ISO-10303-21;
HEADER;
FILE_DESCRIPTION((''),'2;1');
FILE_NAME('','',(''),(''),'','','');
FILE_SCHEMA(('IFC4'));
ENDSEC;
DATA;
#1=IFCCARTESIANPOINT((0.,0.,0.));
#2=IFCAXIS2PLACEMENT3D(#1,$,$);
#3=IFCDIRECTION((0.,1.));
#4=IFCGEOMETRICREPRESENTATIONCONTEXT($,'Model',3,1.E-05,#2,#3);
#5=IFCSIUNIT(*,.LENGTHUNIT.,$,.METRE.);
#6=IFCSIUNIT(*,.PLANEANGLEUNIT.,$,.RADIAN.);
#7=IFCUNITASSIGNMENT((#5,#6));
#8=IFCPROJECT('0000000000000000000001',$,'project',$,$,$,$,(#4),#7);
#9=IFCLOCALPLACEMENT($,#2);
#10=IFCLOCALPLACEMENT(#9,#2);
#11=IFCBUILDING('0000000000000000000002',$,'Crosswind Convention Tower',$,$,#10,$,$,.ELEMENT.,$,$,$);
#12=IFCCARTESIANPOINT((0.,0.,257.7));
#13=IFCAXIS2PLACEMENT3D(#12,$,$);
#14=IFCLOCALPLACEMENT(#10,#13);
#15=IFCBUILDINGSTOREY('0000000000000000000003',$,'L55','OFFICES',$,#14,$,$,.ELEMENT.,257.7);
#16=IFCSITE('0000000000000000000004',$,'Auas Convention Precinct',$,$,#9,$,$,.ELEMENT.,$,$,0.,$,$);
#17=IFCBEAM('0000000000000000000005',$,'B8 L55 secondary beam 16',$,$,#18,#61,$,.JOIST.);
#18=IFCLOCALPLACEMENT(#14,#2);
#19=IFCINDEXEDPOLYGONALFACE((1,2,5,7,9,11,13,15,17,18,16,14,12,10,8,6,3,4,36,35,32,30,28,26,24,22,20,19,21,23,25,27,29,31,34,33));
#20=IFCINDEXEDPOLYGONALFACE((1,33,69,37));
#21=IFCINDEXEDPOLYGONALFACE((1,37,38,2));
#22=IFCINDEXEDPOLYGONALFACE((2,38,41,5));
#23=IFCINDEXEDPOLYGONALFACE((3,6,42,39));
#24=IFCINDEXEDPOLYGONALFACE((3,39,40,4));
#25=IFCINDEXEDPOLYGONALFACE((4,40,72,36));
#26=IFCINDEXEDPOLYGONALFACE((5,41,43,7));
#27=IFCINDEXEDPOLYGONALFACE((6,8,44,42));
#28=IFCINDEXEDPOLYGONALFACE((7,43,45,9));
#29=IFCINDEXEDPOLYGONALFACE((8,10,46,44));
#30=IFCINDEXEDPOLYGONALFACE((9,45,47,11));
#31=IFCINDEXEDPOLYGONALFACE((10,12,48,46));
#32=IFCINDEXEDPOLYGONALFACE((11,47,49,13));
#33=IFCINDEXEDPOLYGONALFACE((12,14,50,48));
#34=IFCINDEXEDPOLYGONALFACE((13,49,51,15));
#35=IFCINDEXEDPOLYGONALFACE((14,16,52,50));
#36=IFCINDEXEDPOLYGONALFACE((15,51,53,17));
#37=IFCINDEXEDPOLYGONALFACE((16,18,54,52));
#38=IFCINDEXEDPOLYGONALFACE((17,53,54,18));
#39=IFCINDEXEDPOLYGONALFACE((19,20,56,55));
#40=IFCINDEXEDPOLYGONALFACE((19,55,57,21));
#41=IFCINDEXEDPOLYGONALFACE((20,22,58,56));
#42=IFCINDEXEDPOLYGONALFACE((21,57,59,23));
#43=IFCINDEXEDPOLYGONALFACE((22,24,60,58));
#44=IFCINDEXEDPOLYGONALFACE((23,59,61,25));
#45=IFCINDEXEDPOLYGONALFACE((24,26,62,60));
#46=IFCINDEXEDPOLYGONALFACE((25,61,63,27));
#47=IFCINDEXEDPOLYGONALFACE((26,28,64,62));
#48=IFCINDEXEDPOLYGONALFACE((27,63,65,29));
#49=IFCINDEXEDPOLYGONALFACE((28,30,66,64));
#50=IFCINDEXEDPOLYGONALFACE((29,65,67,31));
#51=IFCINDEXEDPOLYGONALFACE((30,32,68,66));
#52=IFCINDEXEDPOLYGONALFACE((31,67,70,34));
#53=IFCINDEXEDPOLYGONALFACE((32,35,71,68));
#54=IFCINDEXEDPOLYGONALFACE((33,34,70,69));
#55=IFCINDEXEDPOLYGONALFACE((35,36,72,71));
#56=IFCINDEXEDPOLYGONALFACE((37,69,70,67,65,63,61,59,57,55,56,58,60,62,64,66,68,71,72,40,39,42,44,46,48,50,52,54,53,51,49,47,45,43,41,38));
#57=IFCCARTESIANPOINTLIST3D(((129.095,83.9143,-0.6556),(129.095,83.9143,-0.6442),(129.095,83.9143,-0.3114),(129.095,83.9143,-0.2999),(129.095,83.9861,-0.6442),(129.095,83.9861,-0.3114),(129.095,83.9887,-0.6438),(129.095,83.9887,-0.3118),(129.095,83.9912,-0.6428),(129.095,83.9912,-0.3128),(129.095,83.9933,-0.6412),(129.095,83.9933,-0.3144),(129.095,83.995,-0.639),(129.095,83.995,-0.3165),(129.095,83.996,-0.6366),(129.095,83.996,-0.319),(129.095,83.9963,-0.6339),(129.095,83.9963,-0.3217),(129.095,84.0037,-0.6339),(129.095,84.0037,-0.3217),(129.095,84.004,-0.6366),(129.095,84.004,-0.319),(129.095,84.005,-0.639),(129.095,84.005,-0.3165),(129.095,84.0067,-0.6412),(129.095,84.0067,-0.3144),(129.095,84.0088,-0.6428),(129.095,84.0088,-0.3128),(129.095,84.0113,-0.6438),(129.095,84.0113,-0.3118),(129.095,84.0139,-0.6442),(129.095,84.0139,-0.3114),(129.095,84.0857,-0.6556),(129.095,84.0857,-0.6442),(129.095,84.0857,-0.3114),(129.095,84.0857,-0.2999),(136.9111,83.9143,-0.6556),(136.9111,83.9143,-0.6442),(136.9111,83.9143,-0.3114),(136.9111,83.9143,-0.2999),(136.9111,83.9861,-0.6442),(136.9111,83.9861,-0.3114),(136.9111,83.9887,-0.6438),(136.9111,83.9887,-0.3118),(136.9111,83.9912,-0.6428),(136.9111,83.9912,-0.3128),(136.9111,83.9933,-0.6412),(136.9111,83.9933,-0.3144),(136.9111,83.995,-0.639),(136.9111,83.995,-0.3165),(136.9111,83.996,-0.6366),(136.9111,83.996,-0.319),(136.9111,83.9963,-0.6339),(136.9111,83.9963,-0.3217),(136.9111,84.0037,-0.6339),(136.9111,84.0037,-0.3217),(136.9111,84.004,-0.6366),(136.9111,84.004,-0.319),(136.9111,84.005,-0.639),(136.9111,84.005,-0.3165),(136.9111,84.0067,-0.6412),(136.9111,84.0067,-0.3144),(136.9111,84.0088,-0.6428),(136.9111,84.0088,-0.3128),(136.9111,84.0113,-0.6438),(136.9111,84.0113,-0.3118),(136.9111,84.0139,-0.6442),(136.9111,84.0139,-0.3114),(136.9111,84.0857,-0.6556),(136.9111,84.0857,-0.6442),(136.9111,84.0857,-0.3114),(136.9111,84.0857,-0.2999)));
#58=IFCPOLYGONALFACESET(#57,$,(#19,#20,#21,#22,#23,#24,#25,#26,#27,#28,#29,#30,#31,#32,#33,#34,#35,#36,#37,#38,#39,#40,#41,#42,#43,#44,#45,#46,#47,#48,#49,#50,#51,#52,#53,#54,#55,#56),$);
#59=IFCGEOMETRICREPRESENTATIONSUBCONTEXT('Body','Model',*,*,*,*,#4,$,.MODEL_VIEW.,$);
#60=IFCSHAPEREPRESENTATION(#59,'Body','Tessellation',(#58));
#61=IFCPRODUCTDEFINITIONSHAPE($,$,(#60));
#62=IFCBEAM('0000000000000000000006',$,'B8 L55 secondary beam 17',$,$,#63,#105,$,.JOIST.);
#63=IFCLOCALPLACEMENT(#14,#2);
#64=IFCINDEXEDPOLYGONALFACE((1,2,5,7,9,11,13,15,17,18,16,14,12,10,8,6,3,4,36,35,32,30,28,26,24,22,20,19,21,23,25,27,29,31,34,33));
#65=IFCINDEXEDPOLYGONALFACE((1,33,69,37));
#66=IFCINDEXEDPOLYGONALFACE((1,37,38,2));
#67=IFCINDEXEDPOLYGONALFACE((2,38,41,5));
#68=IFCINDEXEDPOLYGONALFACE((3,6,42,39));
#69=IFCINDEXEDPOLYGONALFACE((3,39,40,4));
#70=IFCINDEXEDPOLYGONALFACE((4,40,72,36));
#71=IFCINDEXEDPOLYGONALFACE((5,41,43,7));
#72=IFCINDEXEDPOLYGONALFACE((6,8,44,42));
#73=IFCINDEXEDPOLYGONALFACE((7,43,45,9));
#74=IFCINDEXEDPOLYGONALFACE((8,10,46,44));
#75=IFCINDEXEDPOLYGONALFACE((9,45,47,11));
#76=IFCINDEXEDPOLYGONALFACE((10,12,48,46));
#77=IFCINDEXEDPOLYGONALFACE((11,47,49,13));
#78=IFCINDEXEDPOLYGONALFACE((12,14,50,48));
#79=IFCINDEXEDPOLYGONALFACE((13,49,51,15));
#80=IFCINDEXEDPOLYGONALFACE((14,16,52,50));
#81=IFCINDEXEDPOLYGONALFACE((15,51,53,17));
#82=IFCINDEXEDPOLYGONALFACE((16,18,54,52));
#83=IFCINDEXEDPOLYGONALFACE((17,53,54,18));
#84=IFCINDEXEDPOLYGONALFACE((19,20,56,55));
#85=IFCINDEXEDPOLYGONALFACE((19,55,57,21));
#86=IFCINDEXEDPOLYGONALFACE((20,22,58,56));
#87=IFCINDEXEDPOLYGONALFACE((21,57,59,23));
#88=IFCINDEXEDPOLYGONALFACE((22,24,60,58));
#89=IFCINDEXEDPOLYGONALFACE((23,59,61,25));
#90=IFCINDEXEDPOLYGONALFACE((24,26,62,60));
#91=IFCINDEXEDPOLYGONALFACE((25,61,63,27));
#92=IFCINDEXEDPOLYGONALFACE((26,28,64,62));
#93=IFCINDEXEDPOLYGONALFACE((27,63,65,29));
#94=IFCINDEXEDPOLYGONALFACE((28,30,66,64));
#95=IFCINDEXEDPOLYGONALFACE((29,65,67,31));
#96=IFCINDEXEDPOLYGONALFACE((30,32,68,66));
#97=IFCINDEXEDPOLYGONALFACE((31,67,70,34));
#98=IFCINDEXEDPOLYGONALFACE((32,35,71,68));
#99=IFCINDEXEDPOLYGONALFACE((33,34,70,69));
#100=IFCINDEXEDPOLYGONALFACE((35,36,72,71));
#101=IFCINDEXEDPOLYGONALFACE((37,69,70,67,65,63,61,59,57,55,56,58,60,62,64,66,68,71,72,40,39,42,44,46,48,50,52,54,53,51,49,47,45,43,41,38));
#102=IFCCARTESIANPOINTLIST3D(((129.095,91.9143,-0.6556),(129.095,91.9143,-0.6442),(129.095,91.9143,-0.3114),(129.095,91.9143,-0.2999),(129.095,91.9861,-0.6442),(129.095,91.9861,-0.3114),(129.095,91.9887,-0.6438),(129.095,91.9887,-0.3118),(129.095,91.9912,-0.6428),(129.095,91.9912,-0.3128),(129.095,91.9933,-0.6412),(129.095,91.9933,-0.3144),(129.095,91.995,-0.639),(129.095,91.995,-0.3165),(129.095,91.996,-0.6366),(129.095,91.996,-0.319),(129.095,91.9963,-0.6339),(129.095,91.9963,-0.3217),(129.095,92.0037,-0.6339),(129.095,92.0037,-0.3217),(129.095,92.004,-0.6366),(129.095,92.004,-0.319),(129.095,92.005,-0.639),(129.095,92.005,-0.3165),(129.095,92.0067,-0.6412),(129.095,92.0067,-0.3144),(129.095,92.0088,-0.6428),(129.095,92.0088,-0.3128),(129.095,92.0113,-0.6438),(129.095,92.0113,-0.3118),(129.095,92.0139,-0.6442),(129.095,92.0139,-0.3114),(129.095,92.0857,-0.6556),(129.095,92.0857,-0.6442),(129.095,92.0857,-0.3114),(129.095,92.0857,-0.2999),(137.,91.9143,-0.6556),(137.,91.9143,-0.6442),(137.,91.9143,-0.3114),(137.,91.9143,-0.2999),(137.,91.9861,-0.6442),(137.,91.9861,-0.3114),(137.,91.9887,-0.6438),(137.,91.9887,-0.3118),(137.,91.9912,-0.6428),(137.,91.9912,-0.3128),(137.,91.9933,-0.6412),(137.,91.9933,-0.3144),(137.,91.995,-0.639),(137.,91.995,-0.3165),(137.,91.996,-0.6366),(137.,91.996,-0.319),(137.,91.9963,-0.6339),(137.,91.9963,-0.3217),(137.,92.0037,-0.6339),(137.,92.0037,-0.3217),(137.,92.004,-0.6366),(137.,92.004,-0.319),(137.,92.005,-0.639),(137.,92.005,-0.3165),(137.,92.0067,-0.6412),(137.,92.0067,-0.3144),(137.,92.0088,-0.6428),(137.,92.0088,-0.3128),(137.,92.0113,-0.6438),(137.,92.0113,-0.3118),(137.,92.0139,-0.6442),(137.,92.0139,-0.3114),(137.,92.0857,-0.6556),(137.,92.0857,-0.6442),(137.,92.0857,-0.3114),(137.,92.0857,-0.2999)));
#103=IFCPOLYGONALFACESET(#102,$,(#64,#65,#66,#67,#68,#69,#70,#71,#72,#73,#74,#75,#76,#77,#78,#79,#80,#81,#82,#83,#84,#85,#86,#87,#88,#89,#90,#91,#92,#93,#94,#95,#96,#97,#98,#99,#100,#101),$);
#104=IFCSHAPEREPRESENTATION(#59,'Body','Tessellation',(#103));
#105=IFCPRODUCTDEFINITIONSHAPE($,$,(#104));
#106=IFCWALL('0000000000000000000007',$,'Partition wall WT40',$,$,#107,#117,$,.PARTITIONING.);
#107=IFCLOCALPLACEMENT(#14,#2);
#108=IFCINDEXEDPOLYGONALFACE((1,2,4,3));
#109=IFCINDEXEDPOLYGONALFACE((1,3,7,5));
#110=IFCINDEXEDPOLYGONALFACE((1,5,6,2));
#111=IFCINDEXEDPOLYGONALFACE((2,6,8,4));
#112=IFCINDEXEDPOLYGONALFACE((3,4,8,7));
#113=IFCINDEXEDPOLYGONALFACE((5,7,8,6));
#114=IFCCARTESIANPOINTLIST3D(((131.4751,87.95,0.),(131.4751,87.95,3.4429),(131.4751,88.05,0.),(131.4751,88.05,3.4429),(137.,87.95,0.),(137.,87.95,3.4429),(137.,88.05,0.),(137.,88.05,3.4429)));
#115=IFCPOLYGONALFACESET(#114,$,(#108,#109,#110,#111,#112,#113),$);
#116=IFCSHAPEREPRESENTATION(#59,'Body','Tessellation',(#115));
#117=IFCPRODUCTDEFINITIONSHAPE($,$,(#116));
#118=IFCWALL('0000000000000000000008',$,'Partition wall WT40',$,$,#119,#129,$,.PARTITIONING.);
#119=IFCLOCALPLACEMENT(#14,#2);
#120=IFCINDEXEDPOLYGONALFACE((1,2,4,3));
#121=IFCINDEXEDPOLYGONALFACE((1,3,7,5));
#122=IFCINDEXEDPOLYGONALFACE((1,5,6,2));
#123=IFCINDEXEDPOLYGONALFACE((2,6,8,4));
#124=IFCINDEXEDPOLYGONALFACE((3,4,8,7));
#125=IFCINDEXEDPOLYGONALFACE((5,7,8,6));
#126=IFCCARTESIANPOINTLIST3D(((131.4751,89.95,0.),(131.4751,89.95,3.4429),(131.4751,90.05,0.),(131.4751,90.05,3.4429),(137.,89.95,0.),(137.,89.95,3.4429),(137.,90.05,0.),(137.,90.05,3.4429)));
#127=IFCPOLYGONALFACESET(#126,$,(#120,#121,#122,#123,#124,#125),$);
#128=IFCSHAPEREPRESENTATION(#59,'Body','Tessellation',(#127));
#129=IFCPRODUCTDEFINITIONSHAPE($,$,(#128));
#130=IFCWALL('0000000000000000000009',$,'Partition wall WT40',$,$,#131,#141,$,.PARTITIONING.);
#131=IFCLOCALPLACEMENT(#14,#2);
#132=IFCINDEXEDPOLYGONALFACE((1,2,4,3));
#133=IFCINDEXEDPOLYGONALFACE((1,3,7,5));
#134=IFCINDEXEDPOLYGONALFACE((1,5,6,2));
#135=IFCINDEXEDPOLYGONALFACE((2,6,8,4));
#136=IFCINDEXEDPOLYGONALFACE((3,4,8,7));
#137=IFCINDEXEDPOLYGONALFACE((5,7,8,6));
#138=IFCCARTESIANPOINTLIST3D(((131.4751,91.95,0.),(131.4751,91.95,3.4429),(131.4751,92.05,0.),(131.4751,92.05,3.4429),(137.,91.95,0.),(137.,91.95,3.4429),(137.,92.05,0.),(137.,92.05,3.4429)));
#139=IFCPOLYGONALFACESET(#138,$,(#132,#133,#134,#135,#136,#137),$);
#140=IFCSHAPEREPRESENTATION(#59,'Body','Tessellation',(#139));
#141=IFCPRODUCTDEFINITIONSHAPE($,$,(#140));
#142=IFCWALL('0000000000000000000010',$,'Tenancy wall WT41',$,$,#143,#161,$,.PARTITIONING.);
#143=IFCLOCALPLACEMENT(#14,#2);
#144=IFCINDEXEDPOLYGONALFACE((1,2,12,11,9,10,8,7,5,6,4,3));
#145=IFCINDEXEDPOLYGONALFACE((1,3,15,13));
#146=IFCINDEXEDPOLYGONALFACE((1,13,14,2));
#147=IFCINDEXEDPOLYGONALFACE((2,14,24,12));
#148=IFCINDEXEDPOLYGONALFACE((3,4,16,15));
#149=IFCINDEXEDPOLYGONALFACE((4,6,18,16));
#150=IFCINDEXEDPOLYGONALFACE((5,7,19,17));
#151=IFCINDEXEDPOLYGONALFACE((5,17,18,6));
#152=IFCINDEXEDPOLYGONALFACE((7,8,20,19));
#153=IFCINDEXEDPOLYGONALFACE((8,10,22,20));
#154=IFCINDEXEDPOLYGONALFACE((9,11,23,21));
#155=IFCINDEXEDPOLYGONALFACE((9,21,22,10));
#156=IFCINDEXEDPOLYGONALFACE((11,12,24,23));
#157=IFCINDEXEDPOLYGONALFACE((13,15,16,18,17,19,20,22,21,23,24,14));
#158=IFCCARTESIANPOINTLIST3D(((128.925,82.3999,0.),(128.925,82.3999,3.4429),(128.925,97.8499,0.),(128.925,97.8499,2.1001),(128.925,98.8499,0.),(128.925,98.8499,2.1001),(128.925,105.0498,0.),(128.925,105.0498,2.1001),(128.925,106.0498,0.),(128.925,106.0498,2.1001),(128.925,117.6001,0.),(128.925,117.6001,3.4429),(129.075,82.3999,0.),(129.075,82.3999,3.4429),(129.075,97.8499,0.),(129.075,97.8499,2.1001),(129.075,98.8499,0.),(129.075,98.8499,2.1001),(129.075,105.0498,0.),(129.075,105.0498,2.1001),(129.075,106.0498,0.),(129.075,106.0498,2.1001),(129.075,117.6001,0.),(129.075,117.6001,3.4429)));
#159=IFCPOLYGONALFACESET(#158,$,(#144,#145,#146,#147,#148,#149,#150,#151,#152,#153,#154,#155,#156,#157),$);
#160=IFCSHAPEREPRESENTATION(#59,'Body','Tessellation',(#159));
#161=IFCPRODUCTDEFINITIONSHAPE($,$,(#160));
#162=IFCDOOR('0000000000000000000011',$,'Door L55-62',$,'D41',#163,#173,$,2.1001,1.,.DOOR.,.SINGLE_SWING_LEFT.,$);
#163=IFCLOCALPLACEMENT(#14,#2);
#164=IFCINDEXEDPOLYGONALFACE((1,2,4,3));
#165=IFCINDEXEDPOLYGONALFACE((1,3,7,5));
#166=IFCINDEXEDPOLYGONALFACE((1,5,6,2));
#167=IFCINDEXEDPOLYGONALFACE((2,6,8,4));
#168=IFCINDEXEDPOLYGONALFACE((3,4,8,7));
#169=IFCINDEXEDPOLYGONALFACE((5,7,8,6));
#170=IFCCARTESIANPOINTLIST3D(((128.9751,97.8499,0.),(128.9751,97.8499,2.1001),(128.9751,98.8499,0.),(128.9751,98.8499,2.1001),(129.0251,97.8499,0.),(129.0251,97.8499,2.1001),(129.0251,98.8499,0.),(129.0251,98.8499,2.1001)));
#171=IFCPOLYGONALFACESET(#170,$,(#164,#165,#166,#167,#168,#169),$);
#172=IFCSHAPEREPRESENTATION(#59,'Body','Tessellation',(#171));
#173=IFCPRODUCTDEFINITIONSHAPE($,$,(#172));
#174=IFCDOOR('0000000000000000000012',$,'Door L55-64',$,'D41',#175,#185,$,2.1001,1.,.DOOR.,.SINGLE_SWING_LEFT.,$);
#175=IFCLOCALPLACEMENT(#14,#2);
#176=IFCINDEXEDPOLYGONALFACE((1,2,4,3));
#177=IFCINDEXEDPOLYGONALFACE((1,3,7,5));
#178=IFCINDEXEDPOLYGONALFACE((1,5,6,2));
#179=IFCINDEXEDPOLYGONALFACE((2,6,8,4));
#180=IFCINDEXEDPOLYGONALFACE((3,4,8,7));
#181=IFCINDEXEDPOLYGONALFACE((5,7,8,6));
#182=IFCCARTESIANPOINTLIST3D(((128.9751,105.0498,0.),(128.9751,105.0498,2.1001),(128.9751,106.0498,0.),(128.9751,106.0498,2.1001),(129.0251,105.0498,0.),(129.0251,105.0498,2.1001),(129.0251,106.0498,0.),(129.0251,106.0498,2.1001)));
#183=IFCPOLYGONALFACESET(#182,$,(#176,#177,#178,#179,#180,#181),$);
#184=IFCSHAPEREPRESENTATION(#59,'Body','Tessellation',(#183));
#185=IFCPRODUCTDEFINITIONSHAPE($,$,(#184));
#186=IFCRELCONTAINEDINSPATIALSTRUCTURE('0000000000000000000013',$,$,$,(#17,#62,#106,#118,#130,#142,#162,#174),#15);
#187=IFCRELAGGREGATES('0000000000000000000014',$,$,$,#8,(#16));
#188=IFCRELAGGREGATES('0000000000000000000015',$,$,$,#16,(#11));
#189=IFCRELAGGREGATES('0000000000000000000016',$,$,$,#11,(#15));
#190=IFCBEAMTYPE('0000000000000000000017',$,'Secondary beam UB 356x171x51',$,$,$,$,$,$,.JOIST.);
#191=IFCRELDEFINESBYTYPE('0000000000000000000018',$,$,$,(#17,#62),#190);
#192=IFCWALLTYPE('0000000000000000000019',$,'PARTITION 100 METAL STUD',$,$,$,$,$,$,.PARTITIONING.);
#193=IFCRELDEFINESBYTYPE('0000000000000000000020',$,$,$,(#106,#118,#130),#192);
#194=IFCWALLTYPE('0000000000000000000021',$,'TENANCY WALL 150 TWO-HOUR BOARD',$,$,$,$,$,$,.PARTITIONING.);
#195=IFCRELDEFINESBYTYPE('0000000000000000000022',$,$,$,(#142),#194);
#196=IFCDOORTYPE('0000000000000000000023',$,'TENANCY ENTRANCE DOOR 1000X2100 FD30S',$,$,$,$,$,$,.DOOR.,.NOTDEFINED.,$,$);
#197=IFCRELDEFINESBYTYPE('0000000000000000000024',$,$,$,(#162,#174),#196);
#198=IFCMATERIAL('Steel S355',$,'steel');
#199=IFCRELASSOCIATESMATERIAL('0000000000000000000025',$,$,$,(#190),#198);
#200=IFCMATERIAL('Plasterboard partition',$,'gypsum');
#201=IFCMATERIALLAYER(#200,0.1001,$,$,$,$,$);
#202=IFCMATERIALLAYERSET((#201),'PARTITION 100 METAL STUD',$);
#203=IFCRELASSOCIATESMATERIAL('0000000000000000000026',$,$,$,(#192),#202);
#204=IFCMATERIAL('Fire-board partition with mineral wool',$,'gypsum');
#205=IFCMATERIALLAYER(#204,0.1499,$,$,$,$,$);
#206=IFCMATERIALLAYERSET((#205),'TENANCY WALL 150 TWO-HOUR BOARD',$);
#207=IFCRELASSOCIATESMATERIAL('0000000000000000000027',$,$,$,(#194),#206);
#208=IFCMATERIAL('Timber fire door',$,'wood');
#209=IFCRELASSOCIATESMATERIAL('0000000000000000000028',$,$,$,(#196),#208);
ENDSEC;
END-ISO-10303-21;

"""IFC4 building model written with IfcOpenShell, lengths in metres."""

from ifc_helpers import new_model, si_unit, direction, frame, frame_2d, origin, origin_2d, place, context, subcontext, project, spatial, rectangle, i_section, extrude, material, layer, layer_set, material_profile, profile_set, type_object, element, fill, save


model = new_model("IFC4")

# Units and contexts
model_context = context("Model", 3, precision=1e-05, world=origin(), true_north=direction((0.0, 1.0)))
body_context = subcontext(model_context, "Body", "Model", "MODEL_VIEW")
ifc_project = project(units=[si_unit("LENGTHUNIT", "METRE"), si_unit("PLANEANGLEUNIT", "RADIAN")], contexts=[model_context])

# Site, building, storey
site_placement = place(None, origin())
site = spatial("IfcSite", under=ifc_project, at=site_placement, Name="Auas Convention Precinct", CompositionType="ELEMENT", RefElevation=0.0)
building_placement = place(site_placement, origin())
building = spatial("IfcBuilding", under=site, at=building_placement, Name="Crosswind Convention Tower", CompositionType="ELEMENT")
storey_placement = place(building_placement, frame((0.0, 0.0, 257.7)))
storey = spatial("IfcBuildingStorey", under=building, at=storey_placement, Name="L55", Description="OFFICES", CompositionType="ELEMENT", Elevation=257.7)

# Beams
ifc_material_1 = material(Name="Steel S355", Category="steel")
ifc_material_profile_1 = material_profile(ifc_material_1, i_section(OverallWidth=0.1714, OverallDepth=0.3557, WebThickness=0.0073, FlangeThickness=0.0115, FilletRadius=0.0103, at=origin_2d()), Name="UB 356x171x51")
ifc_profile_set_1 = profile_set([ifc_material_profile_1], Name="Steel S355")
beam_type_1 = type_object("IfcBeamType", Name="Secondary beam UB 356x171x51", PredefinedType="JOIST", material=ifc_profile_set_1)
beam_1_placement = place(storey_placement, frame((129.095, 84.0, -0.4778), z_axis=(1.0, 0.0, 0.0), x_axis=(0.0, 1.0, 0.0)))
element("IfcBeam", 1, at=beam_1_placement, inside=storey, type_object=beam_type_1, Name="B8 L55 secondary beam 16", PredefinedType="JOIST", context=body_context, shape_type="SweptSolid", body=[
    extrude(i_section(OverallWidth=0.1714, OverallDepth=0.3557, WebThickness=0.0073, FlangeThickness=0.0115, FilletRadius=0.0103, at=origin_2d()), origin(), (0.0, 0.0, 1.0), 7.8162),
])
beam_2_placement = place(storey_placement, frame((129.095, 92.0, -0.4778), z_axis=(1.0, 0.0, 0.0), x_axis=(0.0, 1.0, 0.0)))
element("IfcBeam", 2, at=beam_2_placement, inside=storey, type_object=beam_type_1, Name="B8 L55 secondary beam 17", PredefinedType="JOIST", context=body_context, shape_type="SweptSolid", body=[
    extrude(i_section(OverallWidth=0.1714, OverallDepth=0.3557, WebThickness=0.0073, FlangeThickness=0.0115, FilletRadius=0.0103, at=origin_2d()), origin(), (0.0, 0.0, 1.0), 7.905),
])

# Walls
ifc_material_2 = material(Name="Plasterboard partition", Category="gypsum")
ifc_layer_1 = layer(ifc_material_2, 0.1001)
ifc_layer_set_1 = layer_set([ifc_layer_1], Name="PARTITION 100 METAL STUD")
wall_type_1 = type_object("IfcWallType", Name="PARTITION 100 METAL STUD", PredefinedType="PARTITIONING", material=ifc_layer_set_1)
for number, where, z_axis, x_axis, name in (
    (3, (131.4751, 88.0, 0.0), (0.0, 0.0, 1.0), (1.0, 0.0, 0.0), "Partition wall WT40"),
    (4, (131.4751, 90.0, 0.0), (0.0, 0.0, 1.0), (1.0, 0.0, 0.0), "Partition wall WT40"),
    (5, (131.4751, 92.0, 0.0), (0.0, 0.0, 1.0), (1.0, 0.0, 0.0), "Partition wall WT40"),
):
    element("IfcWall", number, at=place(storey_placement, frame(where, z_axis=z_axis, x_axis=x_axis)), inside=storey, type_object=wall_type_1, Name=name, PredefinedType="PARTITIONING", context=body_context, shape_type="SweptSolid", body=[
        extrude(rectangle(XDim=5.5249, YDim=0.1001, at=frame_2d((2.7625, 0.0))), origin(), (0.0, 0.0, 1.0), 3.4429),
    ])

# Wall, openings, doors
ifc_material_3 = material(Name="Fire-board partition with mineral wool", Category="gypsum")
ifc_layer_2 = layer(ifc_material_3, 0.1499)
ifc_layer_set_2 = layer_set([ifc_layer_2], Name="TENANCY WALL 150 TWO-HOUR BOARD")
wall_type_2 = type_object("IfcWallType", Name="TENANCY WALL 150 TWO-HOUR BOARD", PredefinedType="PARTITIONING", material=ifc_layer_set_2)
wall_1_placement = place(storey_placement, frame((129.0, 82.3999, 0.0), z_axis=(0.0, 0.0, 1.0), x_axis=(0.0, 1.0, 0.0)))
wall_1 = element("IfcWall", 6, at=wall_1_placement, inside=storey, type_object=wall_type_2, Name="Tenancy wall WT41", PredefinedType="PARTITIONING", context=body_context, shape_type="SweptSolid", body=[
    extrude(rectangle(XDim=35.2002, YDim=0.1499, at=frame_2d((17.6001, 0.0))), origin(), (0.0, 0.0, 1.0), 3.4429),
])
opening_1_placement = place(wall_1_placement, frame((15.45, 0.0, 0.0)))
opening_1 = element("IfcOpeningElement", 7, at=opening_1_placement, cuts=wall_1, PredefinedType="OPENING", context=body_context, shape_type="SweptSolid", body=[
    extrude(rectangle(XDim=1.0, YDim=2.1001, at=frame_2d((0.5, 1.05))), frame((0.0, 0.085, 0.0), z_axis=(0.0, -1.0, 0.0), x_axis=(1.0, 0.0, 0.0)), (0.0, 0.0, 1.0), 0.1699),
])
opening_2_placement = place(wall_1_placement, frame((22.6499, 0.0, 0.0)))
opening_2 = element("IfcOpeningElement", 8, at=opening_2_placement, cuts=wall_1, PredefinedType="OPENING", context=body_context, shape_type="SweptSolid", body=[
    extrude(rectangle(XDim=1.0, YDim=2.1001, at=frame_2d((0.5, 1.05))), frame((0.0, 0.085, 0.0), z_axis=(0.0, -1.0, 0.0), x_axis=(1.0, 0.0, 0.0)), (0.0, 0.0, 1.0), 0.1699),
])
ifc_material_4 = material(Name="Timber fire door", Category="wood")
door_type = type_object("IfcDoorType", Name="TENANCY ENTRANCE DOOR 1000X2100 FD30S", OperationType="NOTDEFINED", PredefinedType="DOOR", material=ifc_material_4)
door_1_placement = place(opening_1_placement, origin())
door_1 = element("IfcDoor", 9, at=door_1_placement, inside=storey, type_object=door_type, Name="Door L55-62", ObjectType="D41", OperationType="SINGLE_SWING_LEFT", OverallHeight=2.1001, OverallWidth=1.0, PredefinedType="DOOR", context=body_context, shape_type="SweptSolid", body=[
    extrude(rectangle(XDim=1.0, YDim=2.1001, at=frame_2d((0.5, 1.05))), frame((0.0, 0.0249, 0.0), z_axis=(0.0, -1.0, 0.0), x_axis=(1.0, 0.0, 0.0)), (0.0, 0.0, 1.0), 0.05),
])
fill(opening_1, door_1)
door_2_placement = place(opening_2_placement, origin())
door_2 = element("IfcDoor", 10, at=door_2_placement, inside=storey, type_object=door_type, Name="Door L55-64", ObjectType="D41", OperationType="SINGLE_SWING_LEFT", OverallHeight=2.1001, OverallWidth=1.0, PredefinedType="DOOR", context=body_context, shape_type="SweptSolid", body=[
    extrude(rectangle(XDim=1.0, YDim=2.1001, at=frame_2d((0.5, 1.05))), frame((0.0, 0.0249, 0.0), z_axis=(0.0, -1.0, 0.0), x_axis=(1.0, 0.0, 0.0)), (0.0, 0.0, 1.0), 0.05),
])
fill(opening_2, door_2)

save(model, "model.ifc")
